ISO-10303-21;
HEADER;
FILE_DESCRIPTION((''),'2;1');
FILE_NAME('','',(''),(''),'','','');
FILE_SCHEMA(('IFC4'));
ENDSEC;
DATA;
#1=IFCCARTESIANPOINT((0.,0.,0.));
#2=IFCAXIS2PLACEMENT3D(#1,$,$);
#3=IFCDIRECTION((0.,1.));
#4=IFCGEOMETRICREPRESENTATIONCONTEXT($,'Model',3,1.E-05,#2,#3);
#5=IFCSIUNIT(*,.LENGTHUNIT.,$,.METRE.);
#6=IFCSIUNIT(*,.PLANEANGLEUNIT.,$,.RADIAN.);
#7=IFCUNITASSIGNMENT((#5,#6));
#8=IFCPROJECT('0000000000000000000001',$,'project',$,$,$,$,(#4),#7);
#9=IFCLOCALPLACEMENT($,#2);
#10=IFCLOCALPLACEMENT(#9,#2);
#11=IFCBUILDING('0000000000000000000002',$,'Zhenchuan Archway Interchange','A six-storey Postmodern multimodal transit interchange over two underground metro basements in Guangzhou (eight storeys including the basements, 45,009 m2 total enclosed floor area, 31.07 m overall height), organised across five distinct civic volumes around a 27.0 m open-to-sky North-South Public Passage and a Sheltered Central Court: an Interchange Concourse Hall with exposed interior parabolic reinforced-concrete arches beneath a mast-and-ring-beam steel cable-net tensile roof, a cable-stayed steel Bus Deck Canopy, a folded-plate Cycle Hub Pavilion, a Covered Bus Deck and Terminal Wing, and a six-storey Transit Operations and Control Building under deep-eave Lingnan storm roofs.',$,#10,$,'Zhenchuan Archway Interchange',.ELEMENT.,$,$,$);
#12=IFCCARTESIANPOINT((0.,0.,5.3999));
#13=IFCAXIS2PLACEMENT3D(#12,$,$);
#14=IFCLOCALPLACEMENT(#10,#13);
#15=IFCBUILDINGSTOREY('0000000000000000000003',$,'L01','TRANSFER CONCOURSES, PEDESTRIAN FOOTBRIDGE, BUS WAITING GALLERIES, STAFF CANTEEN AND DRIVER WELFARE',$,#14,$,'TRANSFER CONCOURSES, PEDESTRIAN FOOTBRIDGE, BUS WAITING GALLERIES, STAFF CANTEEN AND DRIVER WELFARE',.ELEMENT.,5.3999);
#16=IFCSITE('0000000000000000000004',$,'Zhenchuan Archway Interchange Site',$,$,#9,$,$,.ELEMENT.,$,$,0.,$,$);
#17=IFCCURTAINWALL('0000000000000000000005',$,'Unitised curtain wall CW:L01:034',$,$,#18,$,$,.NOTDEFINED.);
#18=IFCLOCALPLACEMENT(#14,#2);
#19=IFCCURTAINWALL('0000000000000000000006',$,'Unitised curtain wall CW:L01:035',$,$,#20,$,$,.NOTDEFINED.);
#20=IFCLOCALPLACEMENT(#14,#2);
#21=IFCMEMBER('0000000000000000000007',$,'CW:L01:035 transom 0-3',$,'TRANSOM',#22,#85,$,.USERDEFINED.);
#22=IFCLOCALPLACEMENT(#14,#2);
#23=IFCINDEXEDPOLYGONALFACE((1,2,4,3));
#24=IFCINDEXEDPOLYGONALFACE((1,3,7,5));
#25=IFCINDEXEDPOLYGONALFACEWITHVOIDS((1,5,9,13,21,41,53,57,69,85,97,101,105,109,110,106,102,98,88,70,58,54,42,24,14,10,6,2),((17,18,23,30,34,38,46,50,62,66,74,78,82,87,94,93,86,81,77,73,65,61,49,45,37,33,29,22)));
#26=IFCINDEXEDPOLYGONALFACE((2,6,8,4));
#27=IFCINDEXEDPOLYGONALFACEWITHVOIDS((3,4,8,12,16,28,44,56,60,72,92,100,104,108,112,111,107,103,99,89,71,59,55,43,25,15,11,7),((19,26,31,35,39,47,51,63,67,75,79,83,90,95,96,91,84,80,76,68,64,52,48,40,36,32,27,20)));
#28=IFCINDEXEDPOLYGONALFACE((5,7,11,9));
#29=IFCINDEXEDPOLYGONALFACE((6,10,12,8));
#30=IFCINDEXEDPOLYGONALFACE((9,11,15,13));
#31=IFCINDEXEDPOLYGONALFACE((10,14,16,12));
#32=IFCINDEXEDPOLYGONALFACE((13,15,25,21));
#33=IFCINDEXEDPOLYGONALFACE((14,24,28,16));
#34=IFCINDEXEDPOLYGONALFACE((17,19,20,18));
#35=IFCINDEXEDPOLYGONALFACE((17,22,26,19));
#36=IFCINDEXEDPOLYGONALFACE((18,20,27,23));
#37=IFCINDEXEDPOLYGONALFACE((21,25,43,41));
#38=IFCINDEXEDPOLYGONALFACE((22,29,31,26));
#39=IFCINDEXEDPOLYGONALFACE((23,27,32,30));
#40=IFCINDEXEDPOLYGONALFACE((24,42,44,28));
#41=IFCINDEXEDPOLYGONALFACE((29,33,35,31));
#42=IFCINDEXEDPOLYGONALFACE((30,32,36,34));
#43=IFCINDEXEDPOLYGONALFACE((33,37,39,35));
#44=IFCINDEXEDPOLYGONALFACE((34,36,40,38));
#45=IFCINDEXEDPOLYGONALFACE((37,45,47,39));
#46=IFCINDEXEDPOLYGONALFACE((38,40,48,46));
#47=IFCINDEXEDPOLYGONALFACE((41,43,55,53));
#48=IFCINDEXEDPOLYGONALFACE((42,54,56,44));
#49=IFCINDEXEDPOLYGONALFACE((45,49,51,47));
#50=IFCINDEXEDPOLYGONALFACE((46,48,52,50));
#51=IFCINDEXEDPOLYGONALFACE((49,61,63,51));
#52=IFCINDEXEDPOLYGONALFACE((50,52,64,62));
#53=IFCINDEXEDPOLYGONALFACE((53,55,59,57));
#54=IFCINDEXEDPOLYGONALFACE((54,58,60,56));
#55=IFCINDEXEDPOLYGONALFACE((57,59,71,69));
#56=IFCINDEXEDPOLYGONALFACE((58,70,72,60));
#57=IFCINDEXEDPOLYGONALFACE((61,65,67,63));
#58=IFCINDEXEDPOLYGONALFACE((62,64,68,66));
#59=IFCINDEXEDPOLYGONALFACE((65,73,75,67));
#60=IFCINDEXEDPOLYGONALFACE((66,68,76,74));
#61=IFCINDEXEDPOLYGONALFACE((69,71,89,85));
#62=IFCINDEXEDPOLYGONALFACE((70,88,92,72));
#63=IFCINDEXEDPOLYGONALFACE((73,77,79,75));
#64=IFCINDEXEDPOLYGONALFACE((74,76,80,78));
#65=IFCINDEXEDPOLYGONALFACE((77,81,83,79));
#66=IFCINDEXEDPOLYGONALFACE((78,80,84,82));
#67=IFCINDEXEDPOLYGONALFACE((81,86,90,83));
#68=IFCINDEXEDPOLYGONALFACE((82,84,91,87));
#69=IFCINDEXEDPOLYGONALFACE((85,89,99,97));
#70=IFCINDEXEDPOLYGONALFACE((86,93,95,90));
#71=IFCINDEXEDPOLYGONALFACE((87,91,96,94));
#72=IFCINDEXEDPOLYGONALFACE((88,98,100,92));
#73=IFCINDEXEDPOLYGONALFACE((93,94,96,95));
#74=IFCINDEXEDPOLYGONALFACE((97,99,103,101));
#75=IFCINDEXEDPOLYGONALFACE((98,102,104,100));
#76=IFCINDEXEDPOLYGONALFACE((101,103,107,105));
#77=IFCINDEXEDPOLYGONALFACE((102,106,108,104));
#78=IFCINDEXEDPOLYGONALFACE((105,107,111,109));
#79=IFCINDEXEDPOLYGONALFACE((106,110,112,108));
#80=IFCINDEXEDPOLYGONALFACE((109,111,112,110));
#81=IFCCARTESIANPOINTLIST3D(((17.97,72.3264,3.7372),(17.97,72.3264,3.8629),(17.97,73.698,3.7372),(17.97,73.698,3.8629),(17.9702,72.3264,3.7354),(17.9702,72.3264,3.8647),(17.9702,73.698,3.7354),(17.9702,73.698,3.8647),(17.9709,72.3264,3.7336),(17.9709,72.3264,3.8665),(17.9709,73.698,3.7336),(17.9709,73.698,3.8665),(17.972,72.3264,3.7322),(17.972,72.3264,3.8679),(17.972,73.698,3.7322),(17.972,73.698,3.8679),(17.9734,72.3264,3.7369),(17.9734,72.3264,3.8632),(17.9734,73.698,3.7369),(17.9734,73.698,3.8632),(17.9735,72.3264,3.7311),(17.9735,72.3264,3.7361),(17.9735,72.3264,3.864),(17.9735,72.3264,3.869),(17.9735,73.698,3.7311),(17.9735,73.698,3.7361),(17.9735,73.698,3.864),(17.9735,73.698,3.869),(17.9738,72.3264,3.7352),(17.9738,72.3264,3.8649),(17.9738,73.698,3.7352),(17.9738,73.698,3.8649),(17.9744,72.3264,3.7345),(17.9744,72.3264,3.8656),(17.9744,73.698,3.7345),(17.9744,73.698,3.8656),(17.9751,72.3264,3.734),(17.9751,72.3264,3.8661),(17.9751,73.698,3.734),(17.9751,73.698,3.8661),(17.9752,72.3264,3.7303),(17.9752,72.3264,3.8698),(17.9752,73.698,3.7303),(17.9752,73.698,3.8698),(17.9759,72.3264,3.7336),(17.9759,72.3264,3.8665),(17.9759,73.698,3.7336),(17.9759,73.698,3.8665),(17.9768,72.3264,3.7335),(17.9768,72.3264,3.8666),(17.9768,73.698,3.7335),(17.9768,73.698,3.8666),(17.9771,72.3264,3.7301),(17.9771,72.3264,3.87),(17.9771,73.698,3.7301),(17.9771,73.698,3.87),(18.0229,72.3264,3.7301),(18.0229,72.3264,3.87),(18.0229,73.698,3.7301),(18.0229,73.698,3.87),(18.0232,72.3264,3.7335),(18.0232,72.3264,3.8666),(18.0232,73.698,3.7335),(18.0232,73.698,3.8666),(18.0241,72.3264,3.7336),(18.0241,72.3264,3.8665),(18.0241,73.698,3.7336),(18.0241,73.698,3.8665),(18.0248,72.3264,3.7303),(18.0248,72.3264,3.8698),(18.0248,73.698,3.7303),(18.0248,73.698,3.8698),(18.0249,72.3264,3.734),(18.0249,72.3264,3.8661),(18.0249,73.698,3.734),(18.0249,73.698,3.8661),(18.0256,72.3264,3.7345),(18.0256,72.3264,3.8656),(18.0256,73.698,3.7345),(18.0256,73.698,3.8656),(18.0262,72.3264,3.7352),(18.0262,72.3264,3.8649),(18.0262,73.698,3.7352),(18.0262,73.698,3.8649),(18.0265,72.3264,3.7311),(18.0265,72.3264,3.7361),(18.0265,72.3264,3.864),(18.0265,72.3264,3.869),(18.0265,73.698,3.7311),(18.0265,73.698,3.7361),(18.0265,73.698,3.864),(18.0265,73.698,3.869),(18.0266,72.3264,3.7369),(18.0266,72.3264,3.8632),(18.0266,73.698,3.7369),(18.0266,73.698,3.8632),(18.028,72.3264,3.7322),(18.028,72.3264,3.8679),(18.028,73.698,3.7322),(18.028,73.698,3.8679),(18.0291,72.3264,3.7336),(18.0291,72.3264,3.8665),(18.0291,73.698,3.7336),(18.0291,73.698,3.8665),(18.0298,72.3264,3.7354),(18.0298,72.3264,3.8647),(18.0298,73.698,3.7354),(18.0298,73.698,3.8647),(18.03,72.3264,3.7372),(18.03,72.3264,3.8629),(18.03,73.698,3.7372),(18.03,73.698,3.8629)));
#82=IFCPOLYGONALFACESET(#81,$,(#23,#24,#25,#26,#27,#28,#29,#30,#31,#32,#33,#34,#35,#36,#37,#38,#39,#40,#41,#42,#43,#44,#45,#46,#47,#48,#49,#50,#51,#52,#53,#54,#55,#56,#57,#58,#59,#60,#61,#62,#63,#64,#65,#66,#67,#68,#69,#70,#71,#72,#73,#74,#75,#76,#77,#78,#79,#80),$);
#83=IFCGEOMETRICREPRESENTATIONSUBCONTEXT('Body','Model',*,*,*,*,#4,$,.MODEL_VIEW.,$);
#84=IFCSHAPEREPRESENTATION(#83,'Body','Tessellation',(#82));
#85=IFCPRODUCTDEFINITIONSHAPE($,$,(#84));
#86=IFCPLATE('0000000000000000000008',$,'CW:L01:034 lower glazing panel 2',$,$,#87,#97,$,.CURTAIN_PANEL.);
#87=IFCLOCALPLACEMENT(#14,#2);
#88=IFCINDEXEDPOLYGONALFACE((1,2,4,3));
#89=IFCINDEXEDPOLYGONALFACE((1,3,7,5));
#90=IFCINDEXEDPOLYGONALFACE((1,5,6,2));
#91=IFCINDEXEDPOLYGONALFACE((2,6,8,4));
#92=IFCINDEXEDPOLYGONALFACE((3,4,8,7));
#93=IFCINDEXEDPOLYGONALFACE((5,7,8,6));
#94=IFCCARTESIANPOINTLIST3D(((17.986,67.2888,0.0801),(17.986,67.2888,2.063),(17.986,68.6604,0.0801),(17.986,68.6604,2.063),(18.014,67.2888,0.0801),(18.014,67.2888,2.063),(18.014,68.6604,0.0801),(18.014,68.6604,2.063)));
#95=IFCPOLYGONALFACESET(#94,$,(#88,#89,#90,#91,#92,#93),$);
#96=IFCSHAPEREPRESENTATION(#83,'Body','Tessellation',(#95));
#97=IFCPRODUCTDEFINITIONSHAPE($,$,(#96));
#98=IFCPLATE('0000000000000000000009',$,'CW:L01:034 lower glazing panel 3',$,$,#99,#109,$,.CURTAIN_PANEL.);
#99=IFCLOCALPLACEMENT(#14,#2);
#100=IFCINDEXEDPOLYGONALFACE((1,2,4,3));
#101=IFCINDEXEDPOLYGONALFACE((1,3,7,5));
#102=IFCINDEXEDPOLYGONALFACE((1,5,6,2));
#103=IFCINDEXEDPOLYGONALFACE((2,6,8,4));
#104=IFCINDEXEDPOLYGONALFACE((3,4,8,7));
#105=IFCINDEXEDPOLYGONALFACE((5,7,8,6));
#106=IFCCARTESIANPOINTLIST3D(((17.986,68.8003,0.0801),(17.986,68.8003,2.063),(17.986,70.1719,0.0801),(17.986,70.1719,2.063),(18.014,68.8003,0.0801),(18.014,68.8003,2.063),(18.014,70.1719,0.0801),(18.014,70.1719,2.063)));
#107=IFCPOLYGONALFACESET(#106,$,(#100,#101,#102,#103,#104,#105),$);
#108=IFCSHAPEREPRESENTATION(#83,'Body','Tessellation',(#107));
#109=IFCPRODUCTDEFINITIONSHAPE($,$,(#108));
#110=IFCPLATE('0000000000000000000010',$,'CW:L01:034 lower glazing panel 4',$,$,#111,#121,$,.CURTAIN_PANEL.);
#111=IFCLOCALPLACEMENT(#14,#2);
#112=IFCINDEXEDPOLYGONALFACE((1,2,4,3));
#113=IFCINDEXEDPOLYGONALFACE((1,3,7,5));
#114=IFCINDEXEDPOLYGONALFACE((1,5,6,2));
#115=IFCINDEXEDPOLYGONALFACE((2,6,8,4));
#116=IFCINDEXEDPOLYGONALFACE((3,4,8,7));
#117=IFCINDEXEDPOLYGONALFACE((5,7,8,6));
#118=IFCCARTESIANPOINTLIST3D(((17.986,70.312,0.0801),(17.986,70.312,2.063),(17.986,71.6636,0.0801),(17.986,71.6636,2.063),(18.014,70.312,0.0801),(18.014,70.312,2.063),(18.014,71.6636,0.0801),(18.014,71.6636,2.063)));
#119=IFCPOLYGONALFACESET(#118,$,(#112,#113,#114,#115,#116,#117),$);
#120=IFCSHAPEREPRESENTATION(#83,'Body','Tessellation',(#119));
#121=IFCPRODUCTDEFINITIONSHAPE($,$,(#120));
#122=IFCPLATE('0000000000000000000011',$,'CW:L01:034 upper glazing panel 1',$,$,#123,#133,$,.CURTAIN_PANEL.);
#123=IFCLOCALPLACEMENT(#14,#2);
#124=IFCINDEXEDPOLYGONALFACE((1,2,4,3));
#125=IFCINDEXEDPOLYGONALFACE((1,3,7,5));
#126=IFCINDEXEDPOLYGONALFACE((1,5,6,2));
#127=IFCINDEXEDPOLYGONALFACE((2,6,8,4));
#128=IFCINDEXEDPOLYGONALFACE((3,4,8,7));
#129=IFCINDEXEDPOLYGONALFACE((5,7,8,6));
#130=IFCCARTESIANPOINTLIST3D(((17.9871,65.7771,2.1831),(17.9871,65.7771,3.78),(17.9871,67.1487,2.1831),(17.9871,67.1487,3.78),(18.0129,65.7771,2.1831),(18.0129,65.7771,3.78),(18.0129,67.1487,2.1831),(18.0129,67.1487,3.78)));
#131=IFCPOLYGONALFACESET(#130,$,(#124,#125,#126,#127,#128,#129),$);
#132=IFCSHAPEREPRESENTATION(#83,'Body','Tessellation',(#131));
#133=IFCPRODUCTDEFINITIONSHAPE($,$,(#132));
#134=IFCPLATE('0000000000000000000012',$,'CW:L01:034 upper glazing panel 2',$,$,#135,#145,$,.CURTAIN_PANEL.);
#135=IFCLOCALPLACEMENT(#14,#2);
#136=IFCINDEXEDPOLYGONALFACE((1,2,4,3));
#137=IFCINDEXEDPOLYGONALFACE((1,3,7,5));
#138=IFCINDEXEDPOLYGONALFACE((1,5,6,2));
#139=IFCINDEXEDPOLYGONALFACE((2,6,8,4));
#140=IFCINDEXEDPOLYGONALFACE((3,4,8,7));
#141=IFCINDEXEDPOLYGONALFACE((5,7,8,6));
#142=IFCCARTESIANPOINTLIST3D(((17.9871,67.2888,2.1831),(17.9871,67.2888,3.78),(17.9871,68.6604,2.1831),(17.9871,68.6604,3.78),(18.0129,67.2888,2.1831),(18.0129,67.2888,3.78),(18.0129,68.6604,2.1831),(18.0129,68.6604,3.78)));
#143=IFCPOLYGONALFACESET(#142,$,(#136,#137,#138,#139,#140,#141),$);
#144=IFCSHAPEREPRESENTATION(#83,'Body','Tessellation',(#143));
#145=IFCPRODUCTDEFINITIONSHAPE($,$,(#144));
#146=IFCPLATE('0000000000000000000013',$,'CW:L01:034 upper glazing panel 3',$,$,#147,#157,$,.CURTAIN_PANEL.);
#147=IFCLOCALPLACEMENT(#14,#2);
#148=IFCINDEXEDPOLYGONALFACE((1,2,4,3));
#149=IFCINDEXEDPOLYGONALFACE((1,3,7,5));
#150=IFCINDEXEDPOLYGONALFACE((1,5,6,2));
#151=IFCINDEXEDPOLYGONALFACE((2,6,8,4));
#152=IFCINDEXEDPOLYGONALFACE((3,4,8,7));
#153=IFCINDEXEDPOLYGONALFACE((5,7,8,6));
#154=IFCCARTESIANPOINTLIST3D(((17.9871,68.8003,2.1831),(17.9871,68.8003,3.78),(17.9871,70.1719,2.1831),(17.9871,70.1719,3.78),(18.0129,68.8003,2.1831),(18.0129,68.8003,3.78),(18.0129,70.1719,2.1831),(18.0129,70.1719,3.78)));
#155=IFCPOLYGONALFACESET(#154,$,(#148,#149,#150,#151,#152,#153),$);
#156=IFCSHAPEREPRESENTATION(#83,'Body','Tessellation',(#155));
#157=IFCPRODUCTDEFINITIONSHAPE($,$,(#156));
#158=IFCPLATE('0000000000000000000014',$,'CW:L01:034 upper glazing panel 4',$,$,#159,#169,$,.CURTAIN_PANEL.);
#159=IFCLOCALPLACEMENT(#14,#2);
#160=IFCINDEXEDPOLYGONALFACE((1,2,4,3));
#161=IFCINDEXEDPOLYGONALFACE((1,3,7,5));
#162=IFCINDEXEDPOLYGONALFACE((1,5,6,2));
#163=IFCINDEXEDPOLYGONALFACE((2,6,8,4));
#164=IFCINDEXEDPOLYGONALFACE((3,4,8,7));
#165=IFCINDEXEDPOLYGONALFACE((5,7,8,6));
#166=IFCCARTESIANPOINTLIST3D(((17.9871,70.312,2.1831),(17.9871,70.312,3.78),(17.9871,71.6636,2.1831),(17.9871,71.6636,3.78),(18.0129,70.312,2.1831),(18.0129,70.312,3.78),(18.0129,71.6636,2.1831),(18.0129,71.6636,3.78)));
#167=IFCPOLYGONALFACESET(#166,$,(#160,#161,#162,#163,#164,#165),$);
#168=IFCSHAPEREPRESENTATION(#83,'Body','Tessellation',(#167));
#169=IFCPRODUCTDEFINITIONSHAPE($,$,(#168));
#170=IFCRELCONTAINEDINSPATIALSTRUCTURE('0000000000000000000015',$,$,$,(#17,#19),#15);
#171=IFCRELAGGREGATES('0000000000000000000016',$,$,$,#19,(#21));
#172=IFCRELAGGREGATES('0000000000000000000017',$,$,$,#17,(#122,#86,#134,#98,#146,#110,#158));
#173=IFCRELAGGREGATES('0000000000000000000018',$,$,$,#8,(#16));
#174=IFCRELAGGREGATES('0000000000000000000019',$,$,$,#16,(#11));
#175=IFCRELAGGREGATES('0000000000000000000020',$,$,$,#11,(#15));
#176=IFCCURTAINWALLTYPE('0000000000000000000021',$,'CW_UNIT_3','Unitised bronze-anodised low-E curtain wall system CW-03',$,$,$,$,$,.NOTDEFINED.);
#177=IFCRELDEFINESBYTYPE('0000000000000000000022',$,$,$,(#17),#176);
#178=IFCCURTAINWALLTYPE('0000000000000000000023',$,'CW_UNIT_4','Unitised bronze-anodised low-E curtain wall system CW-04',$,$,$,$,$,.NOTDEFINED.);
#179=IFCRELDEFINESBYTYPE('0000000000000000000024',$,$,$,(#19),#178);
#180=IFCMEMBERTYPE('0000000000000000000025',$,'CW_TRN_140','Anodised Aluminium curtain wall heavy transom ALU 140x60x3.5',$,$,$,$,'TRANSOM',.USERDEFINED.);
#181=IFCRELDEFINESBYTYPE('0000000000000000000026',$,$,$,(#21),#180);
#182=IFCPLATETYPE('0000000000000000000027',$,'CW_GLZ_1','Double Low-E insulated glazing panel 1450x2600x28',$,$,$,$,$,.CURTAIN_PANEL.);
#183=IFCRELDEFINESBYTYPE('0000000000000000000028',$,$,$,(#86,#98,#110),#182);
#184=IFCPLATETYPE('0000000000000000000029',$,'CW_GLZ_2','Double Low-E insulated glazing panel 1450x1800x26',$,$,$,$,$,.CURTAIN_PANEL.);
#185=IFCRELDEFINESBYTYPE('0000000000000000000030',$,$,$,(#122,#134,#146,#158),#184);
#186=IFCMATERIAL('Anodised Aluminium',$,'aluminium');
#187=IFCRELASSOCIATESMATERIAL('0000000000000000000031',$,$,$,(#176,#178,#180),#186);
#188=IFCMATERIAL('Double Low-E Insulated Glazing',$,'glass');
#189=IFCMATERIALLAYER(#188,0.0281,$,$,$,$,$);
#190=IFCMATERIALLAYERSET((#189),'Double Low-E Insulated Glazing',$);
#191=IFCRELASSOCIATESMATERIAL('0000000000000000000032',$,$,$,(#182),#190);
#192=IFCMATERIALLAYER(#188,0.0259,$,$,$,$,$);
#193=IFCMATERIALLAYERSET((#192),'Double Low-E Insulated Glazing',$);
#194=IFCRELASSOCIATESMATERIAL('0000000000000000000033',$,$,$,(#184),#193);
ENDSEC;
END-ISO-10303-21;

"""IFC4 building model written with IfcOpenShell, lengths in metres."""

from ifc_helpers import new_model, si_unit, direction, frame, origin, origin_2d, place, context, subcontext, project, spatial, rectangle, hollow_rectangle, extrude, material, layer, layer_set, material_profile, profile_set, type_object, element, aggregate, save


model = new_model("IFC4")

# Units and contexts
model_context = context("Model", 3, precision=1e-05, world=origin(), true_north=direction((0.0, 1.0)))
body_context = subcontext(model_context, "Body", "Model", "MODEL_VIEW")
ifc_project = project(units=[si_unit("LENGTHUNIT", "METRE"), si_unit("PLANEANGLEUNIT", "RADIAN")], contexts=[model_context])

# Site, building, storey
site_placement = place(None, origin())
site = spatial("IfcSite", under=ifc_project, at=site_placement, Name="Zhenchuan Archway Interchange Site", CompositionType="ELEMENT", RefElevation=0.0)
building_placement = place(site_placement, origin())
building = spatial("IfcBuilding", under=site, at=building_placement, Name="Zhenchuan Archway Interchange", Description="A six-storey Postmodern multimodal transit interchange over two underground metro basements in Guangzhou (eight storeys including the basements, 45,009 m2 total enclosed floor area, 31.07 m overall height), organised across five distinct civic volumes around a 27.0 m open-to-sky North-South Public Passage and a Sheltered Central Court: an Interchange Concourse Hall with exposed interior parabolic reinforced-concrete arches beneath a mast-and-ring-beam steel cable-net tensile roof, a cable-stayed steel Bus Deck Canopy, a folded-plate Cycle Hub Pavilion, a Covered Bus Deck and Terminal Wing, and a six-storey Transit Operations and Control Building under deep-eave Lingnan storm roofs.", LongName="Zhenchuan Archway Interchange", CompositionType="ELEMENT")
storey_placement = place(building_placement, frame((0.0, 0.0, 5.3999)))
storey = spatial("IfcBuildingStorey", under=building, at=storey_placement, Name="L01", Description="TRANSFER CONCOURSES, PEDESTRIAN FOOTBRIDGE, BUS WAITING GALLERIES, STAFF CANTEEN AND DRIVER WELFARE", LongName="TRANSFER CONCOURSES, PEDESTRIAN FOOTBRIDGE, BUS WAITING GALLERIES, STAFF CANTEEN AND DRIVER WELFARE", CompositionType="ELEMENT", Elevation=5.3999)

# Curtain wall
ifc_material_1 = material(Name="Anodised Aluminium", Category="aluminium")
curtain_wall_type_1 = type_object("IfcCurtainWallType", Name="CW_UNIT_3", Description="Unitised bronze-anodised low-E curtain wall system CW-03", PredefinedType="NOTDEFINED", material=ifc_material_1)
curtain_wall_1_placement = place(storey_placement, origin())
curtain_wall_1 = element("IfcCurtainWall", 1, at=curtain_wall_1_placement, inside=storey, type_object=curtain_wall_type_1, Name="Unitised curtain wall CW:L01:034", PredefinedType="NOTDEFINED")

# Curtain wall
curtain_wall_type_2 = type_object("IfcCurtainWallType", Name="CW_UNIT_4", Description="Unitised bronze-anodised low-E curtain wall system CW-04", PredefinedType="NOTDEFINED", material=ifc_material_1)
curtain_wall_2_placement = place(storey_placement, origin())
curtain_wall_2 = element("IfcCurtainWall", 2, at=curtain_wall_2_placement, inside=storey, type_object=curtain_wall_type_2, Name="Unitised curtain wall CW:L01:035", PredefinedType="NOTDEFINED")

# Member
ifc_material_profile_1 = material_profile(ifc_material_1, hollow_rectangle(XDim=0.0601, YDim=0.1399, WallThickness=0.0034, InnerFilletRadius=0.0034, OuterFilletRadius=0.0071, at=origin_2d()), Name="ALU 140x60x3.5")
ifc_profile_set_1 = profile_set([ifc_material_profile_1], Name="Anodised Aluminium")
member_type_1 = type_object("IfcMemberType", Name="CW_TRN_140", Description="Anodised Aluminium curtain wall heavy transom ALU 140x60x3.5", ElementType="TRANSOM", PredefinedType="USERDEFINED", material=ifc_profile_set_1)
member_1_placement = place(storey_placement, frame((18.0, 72.3264, 3.8), z_axis=(0.0, 1.0, 0.0), x_axis=(-1.0, 0.0, 0.0)))
member_1 = element("IfcMember", 3, at=member_1_placement, type_object=member_type_1, Name="CW:L01:035 transom 0-3", ObjectType="TRANSOM", PredefinedType="USERDEFINED", context=body_context, shape_type="SweptSolid", body=[
    extrude(hollow_rectangle(XDim=0.0601, YDim=0.1399, WallThickness=0.0034, InnerFilletRadius=0.0034, OuterFilletRadius=0.0071, at=origin_2d()), origin(), (0.0, 0.0, 1.0), 1.3716),
])
aggregate(curtain_wall_2, [member_1])

# Plates
ifc_material_2 = material(Name="Double Low-E Insulated Glazing", Category="glass")
ifc_layer_1 = layer(ifc_material_2, 0.0281)
ifc_layer_set_1 = layer_set([ifc_layer_1], Name="Double Low-E Insulated Glazing")
plate_type_1 = type_object("IfcPlateType", Name="CW_GLZ_1", Description="Double Low-E insulated glazing panel 1450x2600x28", PredefinedType="CURTAIN_PANEL", material=ifc_layer_set_1)
plate_1_placement = place(storey_placement, frame((18.0, 67.9746, 0.0801), z_axis=(0.0, 0.0, 1.0), x_axis=(0.0, 1.0, 0.0)))
plate_1 = element("IfcPlate", 4, at=plate_1_placement, type_object=plate_type_1, Name="CW:L01:034 lower glazing panel 2", PredefinedType="CURTAIN_PANEL", context=body_context, shape_type="SweptSolid", body=[
    extrude(rectangle(XDim=1.3716, YDim=0.0281, at=origin_2d()), origin(), (0.0, 0.0, 1.0), 1.9829),
])
plate_2_placement = place(storey_placement, frame((18.0, 69.4861, 0.0801), z_axis=(0.0, 0.0, 1.0), x_axis=(0.0, 1.0, 0.0)))
plate_2 = element("IfcPlate", 5, at=plate_2_placement, type_object=plate_type_1, Name="CW:L01:034 lower glazing panel 3", PredefinedType="CURTAIN_PANEL", context=body_context, shape_type="SweptSolid", body=[
    extrude(rectangle(XDim=1.3716, YDim=0.0281, at=origin_2d()), origin(), (0.0, 0.0, 1.0), 1.9829),
])
plate_3_placement = place(storey_placement, frame((18.0, 70.9878, 0.0801), z_axis=(0.0, 0.0, 1.0), x_axis=(0.0, 1.0, 0.0)))
plate_3 = element("IfcPlate", 6, at=plate_3_placement, type_object=plate_type_1, Name="CW:L01:034 lower glazing panel 4", PredefinedType="CURTAIN_PANEL", context=body_context, shape_type="SweptSolid", body=[
    extrude(rectangle(XDim=1.3516, YDim=0.0281, at=origin_2d()), origin(), (0.0, 0.0, 1.0), 1.9829),
])
ifc_layer_2 = layer(ifc_material_2, 0.0259)
ifc_layer_set_2 = layer_set([ifc_layer_2], Name="Double Low-E Insulated Glazing")
plate_type_2 = type_object("IfcPlateType", Name="CW_GLZ_2", Description="Double Low-E insulated glazing panel 1450x1800x26", PredefinedType="CURTAIN_PANEL", material=ifc_layer_set_2)
plate_4_placement = place(storey_placement, frame((18.0, 66.4629, 2.1831), z_axis=(0.0, 0.0, 1.0), x_axis=(0.0, 1.0, 0.0)))
plate_4 = element("IfcPlate", 7, at=plate_4_placement, type_object=plate_type_2, Name="CW:L01:034 upper glazing panel 1", PredefinedType="CURTAIN_PANEL", context=body_context, shape_type="SweptSolid", body=[
    extrude(rectangle(XDim=1.3716, YDim=0.0259, at=origin_2d()), origin(), (0.0, 0.0, 1.0), 1.5969),
])
plate_5_placement = place(storey_placement, frame((18.0, 67.9746, 2.1831), z_axis=(0.0, 0.0, 1.0), x_axis=(0.0, 1.0, 0.0)))
plate_5 = element("IfcPlate", 8, at=plate_5_placement, type_object=plate_type_2, Name="CW:L01:034 upper glazing panel 2", PredefinedType="CURTAIN_PANEL", context=body_context, shape_type="SweptSolid", body=[
    extrude(rectangle(XDim=1.3716, YDim=0.0259, at=origin_2d()), origin(), (0.0, 0.0, 1.0), 1.5969),
])
plate_6_placement = place(storey_placement, frame((18.0, 69.4861, 2.1831), z_axis=(0.0, 0.0, 1.0), x_axis=(0.0, 1.0, 0.0)))
plate_6 = element("IfcPlate", 9, at=plate_6_placement, type_object=plate_type_2, Name="CW:L01:034 upper glazing panel 3", PredefinedType="CURTAIN_PANEL", context=body_context, shape_type="SweptSolid", body=[
    extrude(rectangle(XDim=1.3716, YDim=0.0259, at=origin_2d()), origin(), (0.0, 0.0, 1.0), 1.5969),
])
plate_7_placement = place(storey_placement, frame((18.0, 70.9878, 2.1831), z_axis=(0.0, 0.0, 1.0), x_axis=(0.0, 1.0, 0.0)))
plate_7 = element("IfcPlate", 10, at=plate_7_placement, type_object=plate_type_2, Name="CW:L01:034 upper glazing panel 4", PredefinedType="CURTAIN_PANEL", context=body_context, shape_type="SweptSolid", body=[
    extrude(rectangle(XDim=1.3516, YDim=0.0259, at=origin_2d()), origin(), (0.0, 0.0, 1.0), 1.5969),
])
aggregate(curtain_wall_1, [plate_4, plate_1, plate_5, plate_2, plate_6, plate_3, plate_7])

save(model, "model.ifc")
